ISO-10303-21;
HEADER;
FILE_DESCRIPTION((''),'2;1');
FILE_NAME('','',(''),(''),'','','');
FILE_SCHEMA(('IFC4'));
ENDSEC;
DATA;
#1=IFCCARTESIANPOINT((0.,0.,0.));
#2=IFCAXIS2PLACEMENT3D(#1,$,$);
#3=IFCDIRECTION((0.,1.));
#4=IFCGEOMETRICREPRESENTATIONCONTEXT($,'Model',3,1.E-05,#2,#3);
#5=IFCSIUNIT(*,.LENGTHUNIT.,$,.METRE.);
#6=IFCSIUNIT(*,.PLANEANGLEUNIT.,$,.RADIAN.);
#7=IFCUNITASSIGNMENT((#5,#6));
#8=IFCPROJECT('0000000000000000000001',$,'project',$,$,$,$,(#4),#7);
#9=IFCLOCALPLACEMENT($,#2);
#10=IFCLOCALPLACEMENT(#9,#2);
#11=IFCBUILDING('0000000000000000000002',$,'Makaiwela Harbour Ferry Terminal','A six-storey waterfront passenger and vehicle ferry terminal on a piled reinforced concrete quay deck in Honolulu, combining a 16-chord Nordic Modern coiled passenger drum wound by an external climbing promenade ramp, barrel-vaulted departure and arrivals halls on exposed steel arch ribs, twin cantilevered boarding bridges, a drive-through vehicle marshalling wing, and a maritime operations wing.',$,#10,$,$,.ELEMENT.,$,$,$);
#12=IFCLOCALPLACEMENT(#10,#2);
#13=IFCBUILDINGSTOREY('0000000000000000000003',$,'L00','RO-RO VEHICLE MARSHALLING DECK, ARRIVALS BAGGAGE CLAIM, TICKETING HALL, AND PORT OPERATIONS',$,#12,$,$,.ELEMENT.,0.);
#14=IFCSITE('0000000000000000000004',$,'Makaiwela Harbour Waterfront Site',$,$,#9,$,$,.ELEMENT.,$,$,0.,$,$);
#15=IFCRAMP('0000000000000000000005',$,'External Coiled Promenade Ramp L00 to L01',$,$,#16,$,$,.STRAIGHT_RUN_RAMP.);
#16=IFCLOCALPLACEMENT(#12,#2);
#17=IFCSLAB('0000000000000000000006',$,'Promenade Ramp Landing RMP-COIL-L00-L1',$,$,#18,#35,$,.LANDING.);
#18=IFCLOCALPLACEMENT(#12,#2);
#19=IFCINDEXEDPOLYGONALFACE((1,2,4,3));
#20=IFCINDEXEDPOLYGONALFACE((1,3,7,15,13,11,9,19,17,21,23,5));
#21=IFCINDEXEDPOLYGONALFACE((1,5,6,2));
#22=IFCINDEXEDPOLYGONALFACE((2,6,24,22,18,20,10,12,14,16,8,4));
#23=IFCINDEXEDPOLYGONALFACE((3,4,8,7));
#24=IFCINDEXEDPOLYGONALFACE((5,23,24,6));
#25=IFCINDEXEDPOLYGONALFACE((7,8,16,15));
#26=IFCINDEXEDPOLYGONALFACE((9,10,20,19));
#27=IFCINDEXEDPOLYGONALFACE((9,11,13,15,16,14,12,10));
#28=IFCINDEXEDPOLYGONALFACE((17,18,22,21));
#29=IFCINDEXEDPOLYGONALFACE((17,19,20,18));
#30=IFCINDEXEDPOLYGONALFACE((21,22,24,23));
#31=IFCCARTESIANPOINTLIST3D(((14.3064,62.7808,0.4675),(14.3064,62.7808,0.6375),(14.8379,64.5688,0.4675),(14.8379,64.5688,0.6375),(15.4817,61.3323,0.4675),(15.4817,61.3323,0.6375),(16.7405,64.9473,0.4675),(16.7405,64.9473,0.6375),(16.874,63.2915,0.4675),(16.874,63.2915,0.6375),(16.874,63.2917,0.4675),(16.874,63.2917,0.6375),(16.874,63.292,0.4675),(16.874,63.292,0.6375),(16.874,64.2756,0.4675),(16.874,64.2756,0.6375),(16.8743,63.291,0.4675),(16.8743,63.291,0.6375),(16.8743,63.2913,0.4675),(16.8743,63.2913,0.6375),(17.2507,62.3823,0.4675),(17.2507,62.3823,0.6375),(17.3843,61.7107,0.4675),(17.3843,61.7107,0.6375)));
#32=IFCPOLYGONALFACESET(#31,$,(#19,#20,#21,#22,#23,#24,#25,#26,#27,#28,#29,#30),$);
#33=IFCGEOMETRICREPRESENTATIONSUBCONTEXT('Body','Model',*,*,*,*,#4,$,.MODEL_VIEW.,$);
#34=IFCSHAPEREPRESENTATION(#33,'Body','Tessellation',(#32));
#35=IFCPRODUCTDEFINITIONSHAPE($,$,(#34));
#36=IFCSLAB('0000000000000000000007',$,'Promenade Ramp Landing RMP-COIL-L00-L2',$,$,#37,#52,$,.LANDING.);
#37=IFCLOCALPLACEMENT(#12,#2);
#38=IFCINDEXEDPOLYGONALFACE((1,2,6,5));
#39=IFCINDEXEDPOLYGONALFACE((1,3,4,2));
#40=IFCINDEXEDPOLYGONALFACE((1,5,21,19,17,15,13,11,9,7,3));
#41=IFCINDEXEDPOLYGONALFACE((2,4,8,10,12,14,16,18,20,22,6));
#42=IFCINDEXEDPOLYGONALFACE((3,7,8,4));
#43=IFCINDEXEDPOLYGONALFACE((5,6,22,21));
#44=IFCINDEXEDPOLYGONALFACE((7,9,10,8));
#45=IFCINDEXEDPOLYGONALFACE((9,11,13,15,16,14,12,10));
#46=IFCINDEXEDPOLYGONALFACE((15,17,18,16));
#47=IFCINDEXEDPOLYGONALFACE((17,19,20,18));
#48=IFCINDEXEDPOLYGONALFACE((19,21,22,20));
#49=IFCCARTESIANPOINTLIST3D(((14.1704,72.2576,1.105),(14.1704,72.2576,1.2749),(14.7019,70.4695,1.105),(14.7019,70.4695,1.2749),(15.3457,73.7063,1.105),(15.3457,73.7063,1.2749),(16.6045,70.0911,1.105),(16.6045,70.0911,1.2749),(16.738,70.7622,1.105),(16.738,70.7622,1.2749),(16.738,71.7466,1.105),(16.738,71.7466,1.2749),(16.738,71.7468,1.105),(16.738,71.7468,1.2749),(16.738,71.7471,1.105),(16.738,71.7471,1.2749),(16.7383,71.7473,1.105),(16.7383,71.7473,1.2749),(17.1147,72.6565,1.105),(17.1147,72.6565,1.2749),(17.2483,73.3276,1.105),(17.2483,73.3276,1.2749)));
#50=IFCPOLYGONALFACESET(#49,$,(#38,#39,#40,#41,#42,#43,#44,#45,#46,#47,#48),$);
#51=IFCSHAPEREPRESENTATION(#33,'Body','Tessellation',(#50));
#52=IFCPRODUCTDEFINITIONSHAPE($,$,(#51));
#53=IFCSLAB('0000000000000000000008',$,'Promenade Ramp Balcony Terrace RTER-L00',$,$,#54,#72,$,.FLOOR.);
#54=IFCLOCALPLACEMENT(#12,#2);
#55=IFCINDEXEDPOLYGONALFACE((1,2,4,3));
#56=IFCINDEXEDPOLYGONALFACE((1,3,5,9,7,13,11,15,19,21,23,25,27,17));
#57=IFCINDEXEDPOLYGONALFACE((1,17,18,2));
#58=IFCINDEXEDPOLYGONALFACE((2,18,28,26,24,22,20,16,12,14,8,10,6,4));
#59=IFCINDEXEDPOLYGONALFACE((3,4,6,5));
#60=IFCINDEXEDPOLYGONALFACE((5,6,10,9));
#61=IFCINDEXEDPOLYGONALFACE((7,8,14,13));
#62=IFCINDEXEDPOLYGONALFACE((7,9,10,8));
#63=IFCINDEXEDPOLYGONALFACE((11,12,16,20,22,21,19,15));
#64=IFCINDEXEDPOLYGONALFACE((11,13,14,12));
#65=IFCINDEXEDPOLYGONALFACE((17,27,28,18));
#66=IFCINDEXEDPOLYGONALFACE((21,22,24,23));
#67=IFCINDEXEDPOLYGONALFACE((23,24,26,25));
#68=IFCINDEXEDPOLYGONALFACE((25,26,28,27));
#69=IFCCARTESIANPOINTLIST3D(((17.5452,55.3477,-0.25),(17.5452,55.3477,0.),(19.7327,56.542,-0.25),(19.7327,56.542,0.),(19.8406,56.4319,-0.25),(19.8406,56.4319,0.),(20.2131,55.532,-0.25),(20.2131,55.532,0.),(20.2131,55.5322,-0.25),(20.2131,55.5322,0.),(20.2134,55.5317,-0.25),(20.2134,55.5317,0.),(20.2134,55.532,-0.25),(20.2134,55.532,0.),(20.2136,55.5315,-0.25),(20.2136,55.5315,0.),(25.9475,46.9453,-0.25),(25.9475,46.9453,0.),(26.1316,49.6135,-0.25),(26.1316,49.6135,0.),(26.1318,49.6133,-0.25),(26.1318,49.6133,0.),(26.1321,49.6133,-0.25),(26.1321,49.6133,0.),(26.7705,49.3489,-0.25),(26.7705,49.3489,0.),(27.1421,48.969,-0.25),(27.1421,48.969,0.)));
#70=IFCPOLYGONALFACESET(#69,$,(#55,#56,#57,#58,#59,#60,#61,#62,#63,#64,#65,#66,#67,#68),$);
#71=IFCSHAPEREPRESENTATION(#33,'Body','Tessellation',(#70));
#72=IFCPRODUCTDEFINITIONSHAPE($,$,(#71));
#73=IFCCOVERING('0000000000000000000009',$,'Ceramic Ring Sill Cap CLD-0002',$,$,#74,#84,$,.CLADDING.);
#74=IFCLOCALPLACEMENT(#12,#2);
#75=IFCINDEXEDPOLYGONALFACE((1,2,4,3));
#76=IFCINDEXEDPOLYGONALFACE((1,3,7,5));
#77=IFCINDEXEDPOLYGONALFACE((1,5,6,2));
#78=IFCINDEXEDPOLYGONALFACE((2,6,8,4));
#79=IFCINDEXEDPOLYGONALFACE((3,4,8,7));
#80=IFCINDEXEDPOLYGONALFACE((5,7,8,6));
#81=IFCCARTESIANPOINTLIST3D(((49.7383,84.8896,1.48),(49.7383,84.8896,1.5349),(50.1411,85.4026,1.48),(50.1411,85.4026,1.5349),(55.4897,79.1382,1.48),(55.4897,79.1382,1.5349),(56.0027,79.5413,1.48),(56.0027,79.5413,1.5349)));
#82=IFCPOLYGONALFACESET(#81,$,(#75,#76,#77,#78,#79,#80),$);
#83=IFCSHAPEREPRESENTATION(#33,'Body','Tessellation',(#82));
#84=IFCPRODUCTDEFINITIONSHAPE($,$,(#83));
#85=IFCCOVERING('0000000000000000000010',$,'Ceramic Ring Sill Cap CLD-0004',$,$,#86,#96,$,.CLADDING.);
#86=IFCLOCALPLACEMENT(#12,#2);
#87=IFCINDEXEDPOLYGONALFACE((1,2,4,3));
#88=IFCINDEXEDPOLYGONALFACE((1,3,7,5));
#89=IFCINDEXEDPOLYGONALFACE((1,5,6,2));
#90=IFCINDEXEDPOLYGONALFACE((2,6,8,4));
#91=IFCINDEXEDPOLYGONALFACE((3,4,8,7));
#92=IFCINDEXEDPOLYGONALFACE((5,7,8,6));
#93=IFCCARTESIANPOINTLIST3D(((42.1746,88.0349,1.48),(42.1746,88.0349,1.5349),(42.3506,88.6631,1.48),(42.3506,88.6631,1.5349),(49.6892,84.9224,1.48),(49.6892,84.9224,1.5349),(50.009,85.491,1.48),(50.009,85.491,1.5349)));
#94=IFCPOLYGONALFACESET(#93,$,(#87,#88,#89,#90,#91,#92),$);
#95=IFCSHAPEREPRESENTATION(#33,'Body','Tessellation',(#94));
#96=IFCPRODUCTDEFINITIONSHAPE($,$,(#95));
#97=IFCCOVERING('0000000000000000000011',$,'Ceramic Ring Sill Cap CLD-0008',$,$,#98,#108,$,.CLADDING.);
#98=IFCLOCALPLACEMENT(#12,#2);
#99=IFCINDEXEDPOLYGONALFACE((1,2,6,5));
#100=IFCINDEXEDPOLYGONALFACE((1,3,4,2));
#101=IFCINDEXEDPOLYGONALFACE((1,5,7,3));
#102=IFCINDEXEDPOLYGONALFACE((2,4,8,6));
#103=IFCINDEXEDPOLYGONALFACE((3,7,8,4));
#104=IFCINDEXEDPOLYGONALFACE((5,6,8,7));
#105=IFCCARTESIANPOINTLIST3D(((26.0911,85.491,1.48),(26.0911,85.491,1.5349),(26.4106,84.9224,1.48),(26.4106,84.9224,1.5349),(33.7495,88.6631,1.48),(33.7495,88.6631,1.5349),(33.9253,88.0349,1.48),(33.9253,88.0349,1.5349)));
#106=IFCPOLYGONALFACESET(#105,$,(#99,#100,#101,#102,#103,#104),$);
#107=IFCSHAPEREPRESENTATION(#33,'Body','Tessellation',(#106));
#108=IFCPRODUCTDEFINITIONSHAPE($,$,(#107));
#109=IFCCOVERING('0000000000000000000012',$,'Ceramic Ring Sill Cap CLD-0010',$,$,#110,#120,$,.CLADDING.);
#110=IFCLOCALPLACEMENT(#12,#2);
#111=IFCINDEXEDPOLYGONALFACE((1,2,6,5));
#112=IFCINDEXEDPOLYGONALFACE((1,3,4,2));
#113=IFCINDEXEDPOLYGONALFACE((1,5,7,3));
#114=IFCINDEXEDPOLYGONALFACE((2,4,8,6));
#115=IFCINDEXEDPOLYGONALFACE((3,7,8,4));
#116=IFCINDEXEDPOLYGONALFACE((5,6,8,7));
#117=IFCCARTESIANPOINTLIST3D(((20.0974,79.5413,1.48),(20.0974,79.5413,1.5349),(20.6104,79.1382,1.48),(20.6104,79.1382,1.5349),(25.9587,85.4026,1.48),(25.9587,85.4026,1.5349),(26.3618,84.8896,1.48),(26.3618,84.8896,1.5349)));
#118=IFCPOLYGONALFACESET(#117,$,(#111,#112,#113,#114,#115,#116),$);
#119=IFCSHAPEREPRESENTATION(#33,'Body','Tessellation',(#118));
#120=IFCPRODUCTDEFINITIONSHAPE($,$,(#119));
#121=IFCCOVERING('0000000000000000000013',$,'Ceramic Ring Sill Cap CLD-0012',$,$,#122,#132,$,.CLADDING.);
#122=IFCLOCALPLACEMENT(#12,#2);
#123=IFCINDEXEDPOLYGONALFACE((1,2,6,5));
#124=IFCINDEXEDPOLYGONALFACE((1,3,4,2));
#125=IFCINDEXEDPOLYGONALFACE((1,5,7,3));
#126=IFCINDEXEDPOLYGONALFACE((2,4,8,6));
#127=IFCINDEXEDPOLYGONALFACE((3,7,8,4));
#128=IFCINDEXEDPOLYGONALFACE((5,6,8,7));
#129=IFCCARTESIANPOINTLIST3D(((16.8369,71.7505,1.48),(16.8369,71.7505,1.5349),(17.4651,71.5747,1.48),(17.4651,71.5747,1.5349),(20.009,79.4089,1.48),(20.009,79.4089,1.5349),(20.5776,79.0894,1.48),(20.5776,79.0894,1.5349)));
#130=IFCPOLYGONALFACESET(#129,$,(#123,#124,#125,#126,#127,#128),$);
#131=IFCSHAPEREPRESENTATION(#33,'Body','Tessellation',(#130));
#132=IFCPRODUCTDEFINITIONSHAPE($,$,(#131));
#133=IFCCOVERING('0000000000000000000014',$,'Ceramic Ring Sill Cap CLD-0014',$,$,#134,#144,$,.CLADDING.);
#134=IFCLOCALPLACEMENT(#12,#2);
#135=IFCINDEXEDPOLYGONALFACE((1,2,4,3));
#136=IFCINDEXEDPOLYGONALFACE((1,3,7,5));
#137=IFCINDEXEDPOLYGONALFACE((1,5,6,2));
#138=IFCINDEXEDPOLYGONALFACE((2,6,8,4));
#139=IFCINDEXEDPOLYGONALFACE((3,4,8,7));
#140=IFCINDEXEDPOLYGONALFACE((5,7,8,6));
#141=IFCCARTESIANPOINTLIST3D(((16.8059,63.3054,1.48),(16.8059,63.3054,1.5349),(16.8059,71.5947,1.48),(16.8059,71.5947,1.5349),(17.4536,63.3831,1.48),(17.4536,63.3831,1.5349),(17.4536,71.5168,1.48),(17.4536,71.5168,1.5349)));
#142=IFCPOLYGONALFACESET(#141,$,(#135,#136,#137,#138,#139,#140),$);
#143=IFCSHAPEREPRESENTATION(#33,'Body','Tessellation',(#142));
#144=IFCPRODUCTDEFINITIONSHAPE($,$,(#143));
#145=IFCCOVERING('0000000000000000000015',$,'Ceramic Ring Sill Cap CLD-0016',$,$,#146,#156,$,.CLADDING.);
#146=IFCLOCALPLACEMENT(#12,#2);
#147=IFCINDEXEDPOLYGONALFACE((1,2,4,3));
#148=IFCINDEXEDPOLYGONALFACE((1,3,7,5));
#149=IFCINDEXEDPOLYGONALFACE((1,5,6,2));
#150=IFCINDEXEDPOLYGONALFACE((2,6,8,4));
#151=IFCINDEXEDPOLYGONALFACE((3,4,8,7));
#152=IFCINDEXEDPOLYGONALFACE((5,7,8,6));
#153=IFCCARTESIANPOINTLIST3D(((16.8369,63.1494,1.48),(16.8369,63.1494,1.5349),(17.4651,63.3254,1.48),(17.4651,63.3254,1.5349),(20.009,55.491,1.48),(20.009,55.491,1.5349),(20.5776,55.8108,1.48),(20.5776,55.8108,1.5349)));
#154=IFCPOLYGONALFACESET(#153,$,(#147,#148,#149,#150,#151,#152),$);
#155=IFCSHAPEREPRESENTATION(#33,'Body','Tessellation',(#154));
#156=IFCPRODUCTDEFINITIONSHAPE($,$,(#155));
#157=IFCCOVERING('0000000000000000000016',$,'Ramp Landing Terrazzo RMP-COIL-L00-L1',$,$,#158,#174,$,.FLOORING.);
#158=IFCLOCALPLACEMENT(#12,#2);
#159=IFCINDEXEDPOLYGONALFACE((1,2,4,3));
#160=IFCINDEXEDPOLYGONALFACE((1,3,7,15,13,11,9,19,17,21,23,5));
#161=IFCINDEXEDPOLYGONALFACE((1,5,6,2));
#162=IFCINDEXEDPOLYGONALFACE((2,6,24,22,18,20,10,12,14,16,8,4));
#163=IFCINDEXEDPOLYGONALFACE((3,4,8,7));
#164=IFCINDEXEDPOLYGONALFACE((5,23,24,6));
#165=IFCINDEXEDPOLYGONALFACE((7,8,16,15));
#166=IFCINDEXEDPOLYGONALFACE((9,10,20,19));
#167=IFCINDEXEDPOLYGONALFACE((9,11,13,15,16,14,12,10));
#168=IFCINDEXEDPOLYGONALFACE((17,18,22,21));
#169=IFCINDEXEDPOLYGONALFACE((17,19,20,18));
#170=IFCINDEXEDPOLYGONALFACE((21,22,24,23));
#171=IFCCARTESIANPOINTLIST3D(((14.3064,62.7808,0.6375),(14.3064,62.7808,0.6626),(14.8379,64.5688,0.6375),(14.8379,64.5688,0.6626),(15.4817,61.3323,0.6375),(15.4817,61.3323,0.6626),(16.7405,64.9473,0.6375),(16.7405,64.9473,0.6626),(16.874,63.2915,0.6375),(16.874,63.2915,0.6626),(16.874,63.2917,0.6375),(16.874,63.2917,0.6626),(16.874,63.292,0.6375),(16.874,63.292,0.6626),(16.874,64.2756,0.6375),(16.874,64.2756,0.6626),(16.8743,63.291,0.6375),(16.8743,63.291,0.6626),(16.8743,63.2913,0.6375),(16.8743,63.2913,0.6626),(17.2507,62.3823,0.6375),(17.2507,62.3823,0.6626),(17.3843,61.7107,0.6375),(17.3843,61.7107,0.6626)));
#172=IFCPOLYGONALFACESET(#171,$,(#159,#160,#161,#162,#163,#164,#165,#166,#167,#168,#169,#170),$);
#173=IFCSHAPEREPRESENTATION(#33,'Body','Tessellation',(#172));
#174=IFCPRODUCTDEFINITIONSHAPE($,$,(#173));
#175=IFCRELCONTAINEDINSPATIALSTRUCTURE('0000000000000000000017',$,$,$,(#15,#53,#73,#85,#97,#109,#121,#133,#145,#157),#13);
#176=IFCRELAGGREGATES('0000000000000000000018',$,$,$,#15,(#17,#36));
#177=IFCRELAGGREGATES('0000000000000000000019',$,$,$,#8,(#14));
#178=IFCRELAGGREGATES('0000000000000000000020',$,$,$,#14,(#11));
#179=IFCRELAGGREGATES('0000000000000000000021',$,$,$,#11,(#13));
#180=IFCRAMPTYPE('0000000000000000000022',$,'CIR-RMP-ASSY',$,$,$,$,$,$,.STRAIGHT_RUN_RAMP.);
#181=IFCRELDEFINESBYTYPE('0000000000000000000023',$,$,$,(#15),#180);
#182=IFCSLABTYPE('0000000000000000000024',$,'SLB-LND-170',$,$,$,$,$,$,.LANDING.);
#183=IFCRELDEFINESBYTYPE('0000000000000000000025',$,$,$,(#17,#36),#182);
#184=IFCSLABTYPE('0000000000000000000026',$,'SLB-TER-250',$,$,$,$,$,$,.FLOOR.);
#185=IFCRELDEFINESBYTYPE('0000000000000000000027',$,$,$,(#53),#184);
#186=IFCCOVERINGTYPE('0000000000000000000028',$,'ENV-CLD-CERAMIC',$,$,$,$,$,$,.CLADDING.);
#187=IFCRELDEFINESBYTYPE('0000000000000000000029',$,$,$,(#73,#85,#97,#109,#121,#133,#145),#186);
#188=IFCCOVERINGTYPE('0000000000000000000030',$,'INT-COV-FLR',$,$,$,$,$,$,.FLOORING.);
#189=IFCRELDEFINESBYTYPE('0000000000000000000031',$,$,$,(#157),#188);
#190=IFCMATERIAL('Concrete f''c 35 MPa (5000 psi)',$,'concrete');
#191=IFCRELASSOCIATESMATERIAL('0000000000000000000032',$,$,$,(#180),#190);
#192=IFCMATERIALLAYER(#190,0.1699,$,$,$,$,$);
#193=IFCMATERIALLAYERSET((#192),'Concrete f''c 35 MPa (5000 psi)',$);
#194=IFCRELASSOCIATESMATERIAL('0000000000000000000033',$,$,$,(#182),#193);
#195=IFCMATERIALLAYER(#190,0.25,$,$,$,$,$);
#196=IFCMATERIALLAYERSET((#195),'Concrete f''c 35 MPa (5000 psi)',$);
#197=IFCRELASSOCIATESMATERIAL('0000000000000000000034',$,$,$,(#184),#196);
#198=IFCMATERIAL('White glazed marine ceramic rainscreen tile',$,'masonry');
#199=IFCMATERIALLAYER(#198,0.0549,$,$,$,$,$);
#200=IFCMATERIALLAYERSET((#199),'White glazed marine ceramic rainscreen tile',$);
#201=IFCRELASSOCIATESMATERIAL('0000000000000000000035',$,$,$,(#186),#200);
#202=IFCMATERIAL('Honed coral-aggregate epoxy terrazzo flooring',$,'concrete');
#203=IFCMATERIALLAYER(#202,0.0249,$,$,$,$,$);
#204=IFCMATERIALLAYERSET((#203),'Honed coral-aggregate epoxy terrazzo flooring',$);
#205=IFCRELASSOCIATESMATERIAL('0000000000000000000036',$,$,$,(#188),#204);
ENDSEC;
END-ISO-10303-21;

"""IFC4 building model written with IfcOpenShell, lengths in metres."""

from ifc_helpers import new_model, si_unit, direction, frame, origin, place, context, subcontext, project, spatial, polyline, outline, extrude, material, layer, layer_set, type_object, element, aggregate, save


model = new_model("IFC4")

# Units and contexts
model_context = context("Model", 3, precision=1e-05, world=origin(), true_north=direction((0.0, 1.0)))
body_context = subcontext(model_context, "Body", "Model", "MODEL_VIEW")
ifc_project = project(units=[si_unit("LENGTHUNIT", "METRE"), si_unit("PLANEANGLEUNIT", "RADIAN")], contexts=[model_context])

# Site, building, storey
site_placement = place(None, origin())
site = spatial("IfcSite", under=ifc_project, at=site_placement, Name="Makaiwela Harbour Waterfront Site", CompositionType="ELEMENT", RefElevation=0.0)
building_placement = place(site_placement, origin())
building = spatial("IfcBuilding", under=site, at=building_placement, Name="Makaiwela Harbour Ferry Terminal", Description="A six-storey waterfront passenger and vehicle ferry terminal on a piled reinforced concrete quay deck in Honolulu, combining a 16-chord Nordic Modern coiled passenger drum wound by an external climbing promenade ramp, barrel-vaulted departure and arrivals halls on exposed steel arch ribs, twin cantilevered boarding bridges, a drive-through vehicle marshalling wing, and a maritime operations wing.", CompositionType="ELEMENT")
storey_placement = place(building_placement, origin())
storey = spatial("IfcBuildingStorey", under=building, at=storey_placement, Name="L00", Description="RO-RO VEHICLE MARSHALLING DECK, ARRIVALS BAGGAGE CLAIM, TICKETING HALL, AND PORT OPERATIONS", CompositionType="ELEMENT", Elevation=0.0)

# Shared definitions
ifc_material_1 = material(Name="Concrete f'c 35 MPa (5000 psi)", Category="concrete")

# Shared definitions
ramp_type = type_object("IfcRampType", Name="CIR-RMP-ASSY", PredefinedType="STRAIGHT_RUN_RAMP", material=ifc_material_1)

# Ramp, slabs
ramp_1_placement = place(storey_placement, origin())
ramp_1 = element("IfcRamp", 1, at=ramp_1_placement, inside=storey, type_object=ramp_type, Name="External Coiled Promenade Ramp L00 to L01", PredefinedType="STRAIGHT_RUN_RAMP")
ifc_layer_1 = layer(ifc_material_1, 0.1699)
ifc_layer_set_1 = layer_set([ifc_layer_1], Name="Concrete f'c 35 MPa (5000 psi)")
slab_type_1 = type_object("IfcSlabType", Name="SLB-LND-170", PredefinedType="LANDING", material=ifc_layer_set_1)
slab_1_placement = place(storey_placement, frame((0.0, 0.0, 0.4675)))
slab_1 = element("IfcSlab", 2, at=slab_1_placement, type_object=slab_type_1, Name="Promenade Ramp Landing RMP-COIL-L00-L1", PredefinedType="LANDING", context=body_context, shape_type="SweptSolid", body=[
    extrude(outline(polyline([(17.2507, 62.3823), (16.8743, 63.291), (16.8743, 63.2913), (16.874, 63.2915), (16.874, 63.2917), (16.874, 63.292), (16.874, 64.2756), (16.7405, 64.9473), (14.8379, 64.5688), (14.3064, 62.7808), (15.4817, 61.3323), (17.3843, 61.7107), (17.2507, 62.3823)])), origin(), (0.0, 0.0, 1.0), 0.1699),
])
slab_2_placement = place(storey_placement, frame((0.0, 0.0, 1.105)))
slab_2 = element("IfcSlab", 3, at=slab_2_placement, type_object=slab_type_1, Name="Promenade Ramp Landing RMP-COIL-L00-L2", PredefinedType="LANDING", context=body_context, shape_type="SweptSolid", body=[
    extrude(outline(polyline([(16.738, 70.7622), (16.738, 71.7466), (16.738, 71.7466), (16.738, 71.7468), (16.738, 71.7471), (16.7383, 71.7473), (17.1147, 72.6565), (17.2483, 73.3276), (15.3457, 73.7063), (14.1704, 72.2576), (14.7019, 70.4695), (16.6045, 70.0911), (16.738, 70.7622)])), origin(), (0.0, 0.0, 1.0), 0.1699),
])
aggregate(ramp_1, [slab_1, slab_2])

# Slab
ifc_layer_2 = layer(ifc_material_1, 0.25)
ifc_layer_set_2 = layer_set([ifc_layer_2], Name="Concrete f'c 35 MPa (5000 psi)")
slab_type_2 = type_object("IfcSlabType", Name="SLB-TER-250", PredefinedType="FLOOR", material=ifc_layer_set_2)
slab_3_placement = place(storey_placement, frame((0.0, 0.0, -0.25)))
element("IfcSlab", 4, at=slab_3_placement, inside=storey, type_object=slab_type_2, Name="Promenade Ramp Balcony Terrace RTER-L00", PredefinedType="FLOOR", context=body_context, shape_type="SweptSolid", body=[
    extrude(outline(polyline([(26.7705, 49.3489), (26.1321, 49.6133), (26.1321, 49.6133), (26.1318, 49.6133), (26.1316, 49.6135), (26.1316, 49.6135), (20.2136, 55.5315), (20.2134, 55.5317), (20.2134, 55.532), (20.2131, 55.532), (20.2131, 55.5322), (19.8406, 56.4319), (19.7327, 56.542), (17.5452, 55.3477), (25.9475, 46.9453), (27.1421, 48.969), (26.7705, 49.3489)])), origin(), (0.0, 0.0, 1.0), 0.25),
])

# Coverings
ifc_material_2 = material(Name="White glazed marine ceramic rainscreen tile", Category="masonry")
ifc_layer_3 = layer(ifc_material_2, 0.0549)
ifc_layer_set_3 = layer_set([ifc_layer_3], Name="White glazed marine ceramic rainscreen tile")
covering_type_1 = type_object("IfcCoveringType", Name="ENV-CLD-CERAMIC", PredefinedType="CLADDING", material=ifc_layer_set_3)
covering_1_placement = place(storey_placement, frame((0.0, 0.0, 1.48)))
element("IfcCovering", 5, at=covering_1_placement, inside=storey, type_object=covering_type_1, Name="Ceramic Ring Sill Cap CLD-0002", PredefinedType="CLADDING", context=body_context, shape_type="SweptSolid", body=[
    extrude(outline(polyline([(56.0027, 79.5413), (50.1411, 85.4026), (49.7383, 84.8896), (55.4897, 79.1382), (56.0027, 79.5413)])), origin(), (0.0, 0.0, 1.0), 0.0549),
])
covering_2_placement = place(storey_placement, frame((0.0, 0.0, 1.48)))
element("IfcCovering", 6, at=covering_2_placement, inside=storey, type_object=covering_type_1, Name="Ceramic Ring Sill Cap CLD-0004", PredefinedType="CLADDING", context=body_context, shape_type="SweptSolid", body=[
    extrude(outline(polyline([(50.009, 85.491), (42.3506, 88.6631), (42.1746, 88.0349), (49.6892, 84.9224), (50.009, 85.491)])), origin(), (0.0, 0.0, 1.0), 0.0549),
])
covering_3_placement = place(storey_placement, frame((0.0, 0.0, 1.48)))
element("IfcCovering", 7, at=covering_3_placement, inside=storey, type_object=covering_type_1, Name="Ceramic Ring Sill Cap CLD-0008", PredefinedType="CLADDING", context=body_context, shape_type="SweptSolid", body=[
    extrude(outline(polyline([(33.7495, 88.6631), (26.0911, 85.491), (26.4106, 84.9224), (33.9253, 88.0349), (33.7495, 88.6631)])), origin(), (0.0, 0.0, 1.0), 0.0549),
])
covering_4_placement = place(storey_placement, frame((0.0, 0.0, 1.48)))
element("IfcCovering", 8, at=covering_4_placement, inside=storey, type_object=covering_type_1, Name="Ceramic Ring Sill Cap CLD-0010", PredefinedType="CLADDING", context=body_context, shape_type="SweptSolid", body=[
    extrude(outline(polyline([(25.9587, 85.4026), (20.0974, 79.5413), (20.6104, 79.1382), (26.3618, 84.8896), (25.9587, 85.4026)])), origin(), (0.0, 0.0, 1.0), 0.0549),
])
covering_5_placement = place(storey_placement, frame((0.0, 0.0, 1.48)))
element("IfcCovering", 9, at=covering_5_placement, inside=storey, type_object=covering_type_1, Name="Ceramic Ring Sill Cap CLD-0012", PredefinedType="CLADDING", context=body_context, shape_type="SweptSolid", body=[
    extrude(outline(polyline([(20.009, 79.4089), (16.8369, 71.7505), (17.4651, 71.5747), (20.5776, 79.0894), (20.009, 79.4089)])), origin(), (0.0, 0.0, 1.0), 0.0549),
])
covering_6_placement = place(storey_placement, frame((0.0, 0.0, 1.48)))
element("IfcCovering", 10, at=covering_6_placement, inside=storey, type_object=covering_type_1, Name="Ceramic Ring Sill Cap CLD-0014", PredefinedType="CLADDING", context=body_context, shape_type="SweptSolid", body=[
    extrude(outline(polyline([(16.8059, 71.5947), (16.8059, 63.3054), (17.4536, 63.3831), (17.4536, 71.5168), (16.8059, 71.5947)])), origin(), (0.0, 0.0, 1.0), 0.0549),
])
covering_7_placement = place(storey_placement, frame((0.0, 0.0, 1.48)))
element("IfcCovering", 11, at=covering_7_placement, inside=storey, type_object=covering_type_1, Name="Ceramic Ring Sill Cap CLD-0016", PredefinedType="CLADDING", context=body_context, shape_type="SweptSolid", body=[
    extrude(outline(polyline([(16.8369, 63.1494), (20.009, 55.491), (20.5776, 55.8108), (17.4651, 63.3254), (16.8369, 63.1494)])), origin(), (0.0, 0.0, 1.0), 0.0549),
])
ifc_material_3 = material(Name="Honed coral-aggregate epoxy terrazzo flooring", Category="concrete")
ifc_layer_4 = layer(ifc_material_3, 0.0249)
ifc_layer_set_4 = layer_set([ifc_layer_4], Name="Honed coral-aggregate epoxy terrazzo flooring")
covering_type_2 = type_object("IfcCoveringType", Name="INT-COV-FLR", PredefinedType="FLOORING", material=ifc_layer_set_4)
covering_8_placement = place(storey_placement, frame((0.0, 0.0, 0.6375)))
element("IfcCovering", 12, at=covering_8_placement, inside=storey, type_object=covering_type_2, Name="Ramp Landing Terrazzo RMP-COIL-L00-L1", PredefinedType="FLOORING", context=body_context, shape_type="SweptSolid", body=[
    extrude(outline(polyline([(17.2507, 62.3823), (16.8743, 63.291), (16.8743, 63.2913), (16.874, 63.2915), (16.874, 63.2917), (16.874, 63.292), (16.874, 64.2756), (16.7405, 64.9473), (14.8379, 64.5688), (14.3064, 62.7808), (15.4817, 61.3323), (17.3843, 61.7107), (17.2507, 62.3823)])), origin(), (0.0, 0.0, 1.0), 0.0251),
])

save(model, "model.ifc")
